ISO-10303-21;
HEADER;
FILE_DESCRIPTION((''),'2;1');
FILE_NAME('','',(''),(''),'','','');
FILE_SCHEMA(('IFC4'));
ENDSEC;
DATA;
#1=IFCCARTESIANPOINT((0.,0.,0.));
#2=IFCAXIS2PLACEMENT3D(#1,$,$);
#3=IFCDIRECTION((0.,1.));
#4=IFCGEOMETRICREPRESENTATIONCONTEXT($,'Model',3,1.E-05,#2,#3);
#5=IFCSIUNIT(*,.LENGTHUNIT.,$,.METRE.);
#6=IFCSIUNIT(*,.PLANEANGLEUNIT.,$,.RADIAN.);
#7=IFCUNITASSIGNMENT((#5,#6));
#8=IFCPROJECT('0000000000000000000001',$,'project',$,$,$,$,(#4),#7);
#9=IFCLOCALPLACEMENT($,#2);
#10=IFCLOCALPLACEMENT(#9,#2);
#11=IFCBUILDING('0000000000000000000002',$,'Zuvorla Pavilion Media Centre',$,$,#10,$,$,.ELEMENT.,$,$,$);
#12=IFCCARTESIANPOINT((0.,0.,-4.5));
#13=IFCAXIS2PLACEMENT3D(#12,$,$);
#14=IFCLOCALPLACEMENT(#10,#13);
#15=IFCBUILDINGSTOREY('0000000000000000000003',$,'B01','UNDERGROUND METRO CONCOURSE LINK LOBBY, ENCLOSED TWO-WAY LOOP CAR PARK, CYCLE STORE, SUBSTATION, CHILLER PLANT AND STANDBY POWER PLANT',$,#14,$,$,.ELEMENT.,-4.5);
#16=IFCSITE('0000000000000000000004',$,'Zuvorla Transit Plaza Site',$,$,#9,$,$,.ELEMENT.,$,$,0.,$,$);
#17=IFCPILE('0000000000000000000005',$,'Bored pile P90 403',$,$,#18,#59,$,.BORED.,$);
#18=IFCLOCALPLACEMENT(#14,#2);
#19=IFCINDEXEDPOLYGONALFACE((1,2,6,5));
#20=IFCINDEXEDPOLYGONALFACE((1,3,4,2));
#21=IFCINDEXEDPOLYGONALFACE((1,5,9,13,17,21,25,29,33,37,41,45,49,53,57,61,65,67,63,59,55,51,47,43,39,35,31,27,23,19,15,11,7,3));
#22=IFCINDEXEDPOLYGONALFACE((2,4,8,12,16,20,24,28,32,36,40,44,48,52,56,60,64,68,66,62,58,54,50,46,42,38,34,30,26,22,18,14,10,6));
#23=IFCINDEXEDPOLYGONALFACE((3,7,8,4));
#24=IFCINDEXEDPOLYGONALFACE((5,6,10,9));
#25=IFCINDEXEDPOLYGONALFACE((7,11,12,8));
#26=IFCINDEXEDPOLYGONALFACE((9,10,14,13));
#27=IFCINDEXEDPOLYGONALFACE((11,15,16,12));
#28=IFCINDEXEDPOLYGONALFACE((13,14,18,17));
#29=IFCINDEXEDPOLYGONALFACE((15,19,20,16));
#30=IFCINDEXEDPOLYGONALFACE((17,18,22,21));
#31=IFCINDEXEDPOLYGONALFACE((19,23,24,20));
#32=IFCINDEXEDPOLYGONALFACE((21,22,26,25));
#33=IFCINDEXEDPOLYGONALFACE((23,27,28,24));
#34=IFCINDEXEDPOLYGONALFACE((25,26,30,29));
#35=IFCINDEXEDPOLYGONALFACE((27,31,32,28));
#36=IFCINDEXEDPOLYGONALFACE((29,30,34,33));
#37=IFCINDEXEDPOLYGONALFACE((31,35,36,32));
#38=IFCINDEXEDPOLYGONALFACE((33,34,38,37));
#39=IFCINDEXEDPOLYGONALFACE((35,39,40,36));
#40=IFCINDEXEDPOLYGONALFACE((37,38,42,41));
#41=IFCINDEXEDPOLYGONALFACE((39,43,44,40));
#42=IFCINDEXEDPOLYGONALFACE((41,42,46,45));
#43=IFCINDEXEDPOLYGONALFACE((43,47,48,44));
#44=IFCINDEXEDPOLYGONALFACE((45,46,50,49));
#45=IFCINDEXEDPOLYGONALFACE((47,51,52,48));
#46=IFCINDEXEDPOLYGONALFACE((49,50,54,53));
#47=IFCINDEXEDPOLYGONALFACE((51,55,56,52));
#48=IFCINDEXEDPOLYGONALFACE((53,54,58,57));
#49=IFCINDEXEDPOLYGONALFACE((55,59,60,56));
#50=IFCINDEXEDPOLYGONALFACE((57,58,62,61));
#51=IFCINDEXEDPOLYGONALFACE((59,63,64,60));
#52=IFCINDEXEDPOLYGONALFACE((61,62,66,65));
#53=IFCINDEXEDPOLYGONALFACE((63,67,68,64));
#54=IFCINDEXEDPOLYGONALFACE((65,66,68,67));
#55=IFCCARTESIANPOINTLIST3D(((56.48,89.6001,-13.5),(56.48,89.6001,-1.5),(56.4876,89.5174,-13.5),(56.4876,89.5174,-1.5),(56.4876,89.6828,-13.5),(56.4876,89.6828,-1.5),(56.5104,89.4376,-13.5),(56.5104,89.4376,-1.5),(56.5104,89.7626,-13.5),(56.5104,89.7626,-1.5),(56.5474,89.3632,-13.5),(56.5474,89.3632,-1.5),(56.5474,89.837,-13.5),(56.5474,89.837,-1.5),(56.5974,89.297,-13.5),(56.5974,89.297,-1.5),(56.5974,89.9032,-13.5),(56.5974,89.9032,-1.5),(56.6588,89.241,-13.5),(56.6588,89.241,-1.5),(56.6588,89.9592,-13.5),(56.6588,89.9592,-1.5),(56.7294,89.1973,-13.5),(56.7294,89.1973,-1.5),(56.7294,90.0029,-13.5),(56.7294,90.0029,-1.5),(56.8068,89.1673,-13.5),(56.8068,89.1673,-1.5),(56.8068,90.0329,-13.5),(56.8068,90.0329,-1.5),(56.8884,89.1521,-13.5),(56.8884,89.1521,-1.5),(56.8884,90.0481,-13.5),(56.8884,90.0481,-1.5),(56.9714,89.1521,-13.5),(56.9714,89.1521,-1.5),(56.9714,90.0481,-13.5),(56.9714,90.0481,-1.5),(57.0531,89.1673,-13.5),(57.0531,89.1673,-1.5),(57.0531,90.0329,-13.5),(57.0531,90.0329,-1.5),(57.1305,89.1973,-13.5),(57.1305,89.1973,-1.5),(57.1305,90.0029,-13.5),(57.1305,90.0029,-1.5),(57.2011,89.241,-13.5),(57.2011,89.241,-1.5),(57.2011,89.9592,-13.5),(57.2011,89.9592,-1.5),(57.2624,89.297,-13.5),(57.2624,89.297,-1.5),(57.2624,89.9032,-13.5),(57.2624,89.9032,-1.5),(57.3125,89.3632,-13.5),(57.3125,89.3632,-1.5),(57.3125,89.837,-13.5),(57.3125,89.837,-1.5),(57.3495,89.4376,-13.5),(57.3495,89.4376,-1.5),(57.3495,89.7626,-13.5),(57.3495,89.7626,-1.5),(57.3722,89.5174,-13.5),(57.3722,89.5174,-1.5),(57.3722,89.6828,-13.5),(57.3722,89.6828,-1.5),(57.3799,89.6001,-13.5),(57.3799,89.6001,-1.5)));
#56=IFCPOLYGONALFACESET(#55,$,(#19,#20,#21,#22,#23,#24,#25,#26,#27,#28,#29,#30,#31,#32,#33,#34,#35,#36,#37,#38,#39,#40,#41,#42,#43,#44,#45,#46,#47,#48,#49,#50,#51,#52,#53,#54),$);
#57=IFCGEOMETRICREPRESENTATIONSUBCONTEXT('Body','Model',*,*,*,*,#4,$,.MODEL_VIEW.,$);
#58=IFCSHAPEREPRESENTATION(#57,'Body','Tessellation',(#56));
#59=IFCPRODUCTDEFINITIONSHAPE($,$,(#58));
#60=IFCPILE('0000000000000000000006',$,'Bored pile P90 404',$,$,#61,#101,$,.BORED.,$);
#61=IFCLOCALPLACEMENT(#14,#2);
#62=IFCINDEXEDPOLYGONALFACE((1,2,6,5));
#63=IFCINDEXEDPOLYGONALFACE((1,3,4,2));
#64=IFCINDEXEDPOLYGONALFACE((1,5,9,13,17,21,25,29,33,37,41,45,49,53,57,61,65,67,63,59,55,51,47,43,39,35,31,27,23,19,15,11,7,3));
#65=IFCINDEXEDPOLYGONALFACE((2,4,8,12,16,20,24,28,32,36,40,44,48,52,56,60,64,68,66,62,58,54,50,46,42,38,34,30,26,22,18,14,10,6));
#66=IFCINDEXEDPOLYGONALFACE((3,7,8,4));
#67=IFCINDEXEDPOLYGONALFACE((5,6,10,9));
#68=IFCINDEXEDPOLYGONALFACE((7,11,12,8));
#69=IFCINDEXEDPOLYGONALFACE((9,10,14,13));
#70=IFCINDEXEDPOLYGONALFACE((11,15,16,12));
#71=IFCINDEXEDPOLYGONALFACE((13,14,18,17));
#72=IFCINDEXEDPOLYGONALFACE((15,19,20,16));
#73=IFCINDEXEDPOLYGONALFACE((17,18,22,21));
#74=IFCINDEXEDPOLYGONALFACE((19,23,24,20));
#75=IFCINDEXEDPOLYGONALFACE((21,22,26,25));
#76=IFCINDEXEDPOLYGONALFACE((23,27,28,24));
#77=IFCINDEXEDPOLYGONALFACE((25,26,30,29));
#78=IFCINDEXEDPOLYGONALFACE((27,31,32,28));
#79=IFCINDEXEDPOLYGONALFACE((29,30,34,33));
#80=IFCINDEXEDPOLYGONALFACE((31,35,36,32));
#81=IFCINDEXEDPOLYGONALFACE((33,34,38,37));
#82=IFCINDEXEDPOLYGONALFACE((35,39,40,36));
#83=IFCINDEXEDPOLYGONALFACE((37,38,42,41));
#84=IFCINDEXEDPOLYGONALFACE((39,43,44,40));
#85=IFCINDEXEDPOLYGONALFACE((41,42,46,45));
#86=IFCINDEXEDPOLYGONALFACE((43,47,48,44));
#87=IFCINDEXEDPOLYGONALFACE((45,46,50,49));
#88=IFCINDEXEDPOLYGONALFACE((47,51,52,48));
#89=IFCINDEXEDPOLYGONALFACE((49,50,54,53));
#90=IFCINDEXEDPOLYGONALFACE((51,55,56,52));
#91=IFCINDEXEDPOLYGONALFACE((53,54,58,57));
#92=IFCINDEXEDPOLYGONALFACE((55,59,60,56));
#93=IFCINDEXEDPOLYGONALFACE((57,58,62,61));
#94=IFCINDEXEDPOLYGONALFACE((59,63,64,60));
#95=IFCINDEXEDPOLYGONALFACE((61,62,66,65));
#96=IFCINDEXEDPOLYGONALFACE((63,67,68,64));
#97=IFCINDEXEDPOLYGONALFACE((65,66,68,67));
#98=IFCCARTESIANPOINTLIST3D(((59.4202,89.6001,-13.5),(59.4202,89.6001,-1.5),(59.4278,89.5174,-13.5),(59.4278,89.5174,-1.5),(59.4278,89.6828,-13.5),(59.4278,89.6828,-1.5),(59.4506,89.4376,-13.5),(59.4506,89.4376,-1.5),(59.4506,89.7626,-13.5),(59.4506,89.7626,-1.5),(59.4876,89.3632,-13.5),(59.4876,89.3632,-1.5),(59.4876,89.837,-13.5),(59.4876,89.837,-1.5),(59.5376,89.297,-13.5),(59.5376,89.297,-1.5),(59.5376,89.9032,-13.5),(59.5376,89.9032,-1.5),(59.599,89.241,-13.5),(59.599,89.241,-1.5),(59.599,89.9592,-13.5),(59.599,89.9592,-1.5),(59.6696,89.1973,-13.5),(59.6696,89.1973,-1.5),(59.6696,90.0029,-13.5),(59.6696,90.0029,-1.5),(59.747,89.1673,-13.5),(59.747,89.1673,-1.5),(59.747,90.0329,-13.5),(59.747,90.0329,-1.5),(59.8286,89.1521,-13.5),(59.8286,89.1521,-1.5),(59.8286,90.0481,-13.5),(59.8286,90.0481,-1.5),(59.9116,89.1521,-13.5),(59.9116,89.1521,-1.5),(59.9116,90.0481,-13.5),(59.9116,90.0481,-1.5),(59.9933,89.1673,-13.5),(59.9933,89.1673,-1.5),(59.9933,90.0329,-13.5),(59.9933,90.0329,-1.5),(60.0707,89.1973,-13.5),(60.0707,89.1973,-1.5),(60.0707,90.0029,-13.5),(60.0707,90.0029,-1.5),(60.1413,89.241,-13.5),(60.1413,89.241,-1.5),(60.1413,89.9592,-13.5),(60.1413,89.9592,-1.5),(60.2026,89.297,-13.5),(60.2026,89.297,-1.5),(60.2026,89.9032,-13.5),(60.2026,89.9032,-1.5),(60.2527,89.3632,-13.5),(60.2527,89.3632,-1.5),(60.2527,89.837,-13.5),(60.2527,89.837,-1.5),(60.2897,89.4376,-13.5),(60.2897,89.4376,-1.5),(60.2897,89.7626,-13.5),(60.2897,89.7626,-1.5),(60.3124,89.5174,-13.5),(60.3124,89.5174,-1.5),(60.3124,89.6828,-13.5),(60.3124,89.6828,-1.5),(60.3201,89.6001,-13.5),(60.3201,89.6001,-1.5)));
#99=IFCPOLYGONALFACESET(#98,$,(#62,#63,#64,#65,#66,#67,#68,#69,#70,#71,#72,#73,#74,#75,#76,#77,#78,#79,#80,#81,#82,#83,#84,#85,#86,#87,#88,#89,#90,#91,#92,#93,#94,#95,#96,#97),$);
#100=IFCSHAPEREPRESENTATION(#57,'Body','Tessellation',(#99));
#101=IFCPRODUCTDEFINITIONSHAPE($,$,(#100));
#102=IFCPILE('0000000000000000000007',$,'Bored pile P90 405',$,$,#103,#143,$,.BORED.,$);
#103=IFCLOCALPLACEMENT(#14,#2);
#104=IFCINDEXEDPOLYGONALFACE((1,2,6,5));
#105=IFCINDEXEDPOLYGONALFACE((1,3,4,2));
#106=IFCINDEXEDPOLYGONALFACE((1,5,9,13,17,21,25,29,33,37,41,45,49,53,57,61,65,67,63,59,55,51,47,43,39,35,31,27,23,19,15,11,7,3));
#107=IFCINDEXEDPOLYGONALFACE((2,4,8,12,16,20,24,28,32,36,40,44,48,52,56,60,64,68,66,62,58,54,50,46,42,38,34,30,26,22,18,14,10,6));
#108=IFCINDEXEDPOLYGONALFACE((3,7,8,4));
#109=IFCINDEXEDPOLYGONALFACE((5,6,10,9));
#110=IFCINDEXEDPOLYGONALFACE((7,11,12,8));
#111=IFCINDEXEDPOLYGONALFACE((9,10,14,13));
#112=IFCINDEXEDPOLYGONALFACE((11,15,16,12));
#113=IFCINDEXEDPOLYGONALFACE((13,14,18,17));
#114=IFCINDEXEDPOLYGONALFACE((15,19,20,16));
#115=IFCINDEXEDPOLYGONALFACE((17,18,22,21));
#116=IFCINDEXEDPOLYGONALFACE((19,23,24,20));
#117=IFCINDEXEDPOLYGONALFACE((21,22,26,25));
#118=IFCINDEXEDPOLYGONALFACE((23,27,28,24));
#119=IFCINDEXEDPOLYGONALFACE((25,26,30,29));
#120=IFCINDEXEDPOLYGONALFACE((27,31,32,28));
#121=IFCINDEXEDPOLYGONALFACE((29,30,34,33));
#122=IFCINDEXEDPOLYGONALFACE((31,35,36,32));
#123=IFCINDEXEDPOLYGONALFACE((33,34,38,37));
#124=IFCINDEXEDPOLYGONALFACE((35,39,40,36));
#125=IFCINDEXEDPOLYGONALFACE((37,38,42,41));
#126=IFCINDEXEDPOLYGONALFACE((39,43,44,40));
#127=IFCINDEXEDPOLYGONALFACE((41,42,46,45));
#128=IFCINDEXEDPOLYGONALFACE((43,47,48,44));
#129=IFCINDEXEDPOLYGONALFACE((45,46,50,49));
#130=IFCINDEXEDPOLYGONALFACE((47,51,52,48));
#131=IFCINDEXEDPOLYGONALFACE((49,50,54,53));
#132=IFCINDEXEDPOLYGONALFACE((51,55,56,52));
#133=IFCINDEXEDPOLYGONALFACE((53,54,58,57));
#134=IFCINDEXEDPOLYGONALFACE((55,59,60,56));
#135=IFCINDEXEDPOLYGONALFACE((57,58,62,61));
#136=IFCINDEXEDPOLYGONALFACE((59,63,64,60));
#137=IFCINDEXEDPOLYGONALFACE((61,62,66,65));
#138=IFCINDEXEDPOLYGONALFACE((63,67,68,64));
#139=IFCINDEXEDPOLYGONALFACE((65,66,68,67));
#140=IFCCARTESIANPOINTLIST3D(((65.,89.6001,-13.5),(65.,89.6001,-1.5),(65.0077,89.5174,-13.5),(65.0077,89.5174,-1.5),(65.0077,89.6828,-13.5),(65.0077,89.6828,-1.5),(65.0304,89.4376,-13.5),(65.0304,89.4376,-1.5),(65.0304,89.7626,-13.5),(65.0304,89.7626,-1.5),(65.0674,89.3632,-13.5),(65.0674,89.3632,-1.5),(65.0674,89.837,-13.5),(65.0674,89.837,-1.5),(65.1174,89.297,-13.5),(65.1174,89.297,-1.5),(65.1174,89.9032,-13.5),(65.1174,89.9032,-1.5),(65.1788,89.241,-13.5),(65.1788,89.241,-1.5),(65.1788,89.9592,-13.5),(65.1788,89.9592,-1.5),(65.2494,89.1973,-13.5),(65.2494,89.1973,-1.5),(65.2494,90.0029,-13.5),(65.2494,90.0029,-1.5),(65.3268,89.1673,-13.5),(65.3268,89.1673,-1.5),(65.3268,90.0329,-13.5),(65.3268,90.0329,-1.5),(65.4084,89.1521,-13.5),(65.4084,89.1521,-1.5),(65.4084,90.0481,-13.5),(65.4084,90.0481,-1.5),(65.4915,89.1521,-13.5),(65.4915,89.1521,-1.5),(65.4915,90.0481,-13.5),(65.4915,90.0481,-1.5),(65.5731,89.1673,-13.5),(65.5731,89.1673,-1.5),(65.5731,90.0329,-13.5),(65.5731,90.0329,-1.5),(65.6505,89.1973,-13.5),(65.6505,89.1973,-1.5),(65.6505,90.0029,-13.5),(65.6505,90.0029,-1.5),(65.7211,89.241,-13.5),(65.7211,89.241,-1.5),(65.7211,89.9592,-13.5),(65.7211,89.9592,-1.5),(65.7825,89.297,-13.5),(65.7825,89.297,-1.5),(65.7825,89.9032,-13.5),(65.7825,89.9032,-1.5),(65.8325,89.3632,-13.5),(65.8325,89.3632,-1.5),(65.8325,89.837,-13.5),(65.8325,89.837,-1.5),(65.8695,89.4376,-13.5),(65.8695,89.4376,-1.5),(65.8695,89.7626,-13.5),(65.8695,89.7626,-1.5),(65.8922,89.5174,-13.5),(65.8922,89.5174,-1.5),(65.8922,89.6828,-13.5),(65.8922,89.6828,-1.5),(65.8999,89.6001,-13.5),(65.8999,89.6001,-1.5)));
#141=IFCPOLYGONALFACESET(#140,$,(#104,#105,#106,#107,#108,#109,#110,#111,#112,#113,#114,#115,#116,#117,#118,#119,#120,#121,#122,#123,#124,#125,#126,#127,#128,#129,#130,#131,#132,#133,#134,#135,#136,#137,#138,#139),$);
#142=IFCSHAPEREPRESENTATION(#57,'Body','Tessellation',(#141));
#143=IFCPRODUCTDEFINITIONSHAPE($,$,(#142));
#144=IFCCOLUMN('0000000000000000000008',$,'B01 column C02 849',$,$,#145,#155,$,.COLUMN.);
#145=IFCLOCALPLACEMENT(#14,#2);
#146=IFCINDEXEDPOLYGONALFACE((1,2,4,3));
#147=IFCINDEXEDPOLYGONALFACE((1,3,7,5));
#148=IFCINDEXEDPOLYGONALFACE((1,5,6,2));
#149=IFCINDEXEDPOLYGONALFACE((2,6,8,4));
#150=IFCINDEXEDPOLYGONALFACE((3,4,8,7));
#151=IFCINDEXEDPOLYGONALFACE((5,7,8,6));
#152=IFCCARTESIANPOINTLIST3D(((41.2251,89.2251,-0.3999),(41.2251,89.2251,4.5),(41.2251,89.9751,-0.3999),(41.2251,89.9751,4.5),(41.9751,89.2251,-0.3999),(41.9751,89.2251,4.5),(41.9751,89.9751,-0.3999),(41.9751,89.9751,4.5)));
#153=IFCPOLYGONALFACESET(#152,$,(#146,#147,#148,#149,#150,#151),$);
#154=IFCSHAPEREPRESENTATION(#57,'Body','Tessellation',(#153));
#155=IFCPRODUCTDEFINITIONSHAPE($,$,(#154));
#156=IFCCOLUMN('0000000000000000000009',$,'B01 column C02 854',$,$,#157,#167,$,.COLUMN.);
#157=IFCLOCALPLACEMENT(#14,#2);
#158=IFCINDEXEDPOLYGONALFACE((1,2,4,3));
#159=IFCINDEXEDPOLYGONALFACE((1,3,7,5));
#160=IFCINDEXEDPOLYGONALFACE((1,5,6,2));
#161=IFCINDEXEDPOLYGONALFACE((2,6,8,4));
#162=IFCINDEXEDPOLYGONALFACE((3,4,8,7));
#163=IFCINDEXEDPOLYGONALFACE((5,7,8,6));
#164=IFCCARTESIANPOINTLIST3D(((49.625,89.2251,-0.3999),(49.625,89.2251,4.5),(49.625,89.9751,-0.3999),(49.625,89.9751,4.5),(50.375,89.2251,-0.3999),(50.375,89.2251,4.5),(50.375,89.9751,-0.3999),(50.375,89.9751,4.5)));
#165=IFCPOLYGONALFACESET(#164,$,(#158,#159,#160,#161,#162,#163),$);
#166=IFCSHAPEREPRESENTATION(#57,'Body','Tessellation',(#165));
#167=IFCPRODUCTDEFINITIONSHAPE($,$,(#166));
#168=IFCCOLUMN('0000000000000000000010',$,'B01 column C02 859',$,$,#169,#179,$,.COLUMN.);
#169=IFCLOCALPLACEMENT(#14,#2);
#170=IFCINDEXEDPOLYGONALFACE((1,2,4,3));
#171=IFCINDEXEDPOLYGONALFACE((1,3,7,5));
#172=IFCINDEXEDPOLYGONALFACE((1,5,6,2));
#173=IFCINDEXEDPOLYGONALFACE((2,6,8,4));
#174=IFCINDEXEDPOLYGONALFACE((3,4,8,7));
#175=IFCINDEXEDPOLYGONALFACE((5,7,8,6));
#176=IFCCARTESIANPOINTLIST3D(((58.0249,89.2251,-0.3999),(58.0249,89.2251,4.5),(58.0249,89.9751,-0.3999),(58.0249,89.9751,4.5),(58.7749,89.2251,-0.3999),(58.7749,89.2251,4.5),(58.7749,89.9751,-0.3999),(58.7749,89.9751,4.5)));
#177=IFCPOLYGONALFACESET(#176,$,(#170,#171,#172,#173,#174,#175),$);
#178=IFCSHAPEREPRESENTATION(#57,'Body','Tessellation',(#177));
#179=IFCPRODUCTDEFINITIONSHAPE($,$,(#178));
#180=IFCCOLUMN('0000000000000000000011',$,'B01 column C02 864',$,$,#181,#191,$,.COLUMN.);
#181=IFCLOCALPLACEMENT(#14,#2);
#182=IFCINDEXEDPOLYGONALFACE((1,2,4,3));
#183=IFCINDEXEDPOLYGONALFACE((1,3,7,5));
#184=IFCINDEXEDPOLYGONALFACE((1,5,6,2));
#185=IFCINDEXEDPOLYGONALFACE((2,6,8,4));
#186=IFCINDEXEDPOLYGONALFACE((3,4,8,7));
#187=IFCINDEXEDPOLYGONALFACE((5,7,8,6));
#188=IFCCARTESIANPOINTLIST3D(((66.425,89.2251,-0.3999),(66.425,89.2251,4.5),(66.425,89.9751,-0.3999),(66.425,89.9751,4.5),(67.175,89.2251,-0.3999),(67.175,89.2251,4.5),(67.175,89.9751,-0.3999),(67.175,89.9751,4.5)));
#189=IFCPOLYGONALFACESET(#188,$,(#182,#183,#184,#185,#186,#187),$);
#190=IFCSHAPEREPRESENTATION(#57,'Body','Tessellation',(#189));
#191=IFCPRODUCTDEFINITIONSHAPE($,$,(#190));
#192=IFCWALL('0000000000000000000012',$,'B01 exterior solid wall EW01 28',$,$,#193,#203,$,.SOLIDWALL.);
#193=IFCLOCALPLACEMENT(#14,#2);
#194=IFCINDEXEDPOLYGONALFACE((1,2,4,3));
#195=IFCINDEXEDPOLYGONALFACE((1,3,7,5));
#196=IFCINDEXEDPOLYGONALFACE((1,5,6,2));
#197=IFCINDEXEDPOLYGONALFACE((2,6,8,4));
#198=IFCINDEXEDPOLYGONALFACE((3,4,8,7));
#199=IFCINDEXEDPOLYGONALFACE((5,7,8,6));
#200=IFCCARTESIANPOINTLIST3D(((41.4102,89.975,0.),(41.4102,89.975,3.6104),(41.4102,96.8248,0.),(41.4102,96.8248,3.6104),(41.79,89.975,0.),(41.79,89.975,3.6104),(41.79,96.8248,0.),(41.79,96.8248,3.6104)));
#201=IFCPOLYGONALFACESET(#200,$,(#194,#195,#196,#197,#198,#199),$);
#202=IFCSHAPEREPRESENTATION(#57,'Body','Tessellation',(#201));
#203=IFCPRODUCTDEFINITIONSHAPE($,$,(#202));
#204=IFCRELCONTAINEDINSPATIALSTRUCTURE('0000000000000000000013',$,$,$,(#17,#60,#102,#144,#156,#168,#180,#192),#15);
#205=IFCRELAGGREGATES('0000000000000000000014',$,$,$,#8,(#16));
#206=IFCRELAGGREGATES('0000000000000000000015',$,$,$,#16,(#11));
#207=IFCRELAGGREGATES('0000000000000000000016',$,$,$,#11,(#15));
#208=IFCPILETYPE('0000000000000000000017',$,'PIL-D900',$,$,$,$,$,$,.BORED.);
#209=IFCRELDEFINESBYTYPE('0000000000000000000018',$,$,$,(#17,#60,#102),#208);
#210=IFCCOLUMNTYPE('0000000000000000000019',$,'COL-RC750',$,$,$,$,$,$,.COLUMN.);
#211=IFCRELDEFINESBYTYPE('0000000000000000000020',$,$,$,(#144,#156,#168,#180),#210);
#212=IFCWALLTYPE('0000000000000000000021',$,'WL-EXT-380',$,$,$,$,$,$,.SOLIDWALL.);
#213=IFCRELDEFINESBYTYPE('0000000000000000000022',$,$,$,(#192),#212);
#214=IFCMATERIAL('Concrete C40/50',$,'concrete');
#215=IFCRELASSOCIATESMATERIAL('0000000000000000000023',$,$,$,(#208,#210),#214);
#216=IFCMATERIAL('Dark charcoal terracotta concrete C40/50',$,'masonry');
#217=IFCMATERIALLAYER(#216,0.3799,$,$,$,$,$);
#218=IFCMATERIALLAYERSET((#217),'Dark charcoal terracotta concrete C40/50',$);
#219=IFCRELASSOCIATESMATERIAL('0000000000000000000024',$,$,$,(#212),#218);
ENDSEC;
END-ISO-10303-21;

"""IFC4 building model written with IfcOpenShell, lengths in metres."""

from ifc_helpers import new_model, si_unit, direction, frame, frame_2d, origin, origin_2d, place, context, subcontext, project, spatial, rectangle, circle, extrude, material, layer, layer_set, material_profile, profile_set, type_object, element, save


model = new_model("IFC4")

# Units and contexts
model_context = context("Model", 3, precision=1e-05, world=origin(), true_north=direction((0.0, 1.0)))
body_context = subcontext(model_context, "Body", "Model", "MODEL_VIEW")
ifc_project = project(units=[si_unit("LENGTHUNIT", "METRE"), si_unit("PLANEANGLEUNIT", "RADIAN")], contexts=[model_context])

# Site, building, storey
site_placement = place(None, origin())
site = spatial("IfcSite", under=ifc_project, at=site_placement, Name="Zuvorla Transit Plaza Site", CompositionType="ELEMENT", RefElevation=0.0)
building_placement = place(site_placement, origin())
building = spatial("IfcBuilding", under=site, at=building_placement, Name="Zuvorla Pavilion Media Centre", CompositionType="ELEMENT")
storey_placement = place(building_placement, frame((0.0, 0.0, -4.5)))
storey = spatial("IfcBuildingStorey", under=building, at=storey_placement, Name="B01", Description="UNDERGROUND METRO CONCOURSE LINK LOBBY, ENCLOSED TWO-WAY LOOP CAR PARK, CYCLE STORE, SUBSTATION, CHILLER PLANT AND STANDBY POWER PLANT", CompositionType="ELEMENT", Elevation=-4.5)

# Shared definitions
ifc_material_1 = material(Name="Concrete C40/50", Category="concrete")

# Piles
ifc_material_profile_1 = material_profile(ifc_material_1, circle(Radius=0.45, at=origin_2d()), Name="BORED PILE 900")
ifc_profile_set_1 = profile_set([ifc_material_profile_1], Name="Concrete C40/50")
pile_type_1 = type_object("IfcPileType", Name="PIL-D900", PredefinedType="BORED", material=ifc_profile_set_1)
for number, where, z_axis, x_axis, name in (
    (1, (56.9299, 89.6001, -1.5), (0.0, 0.0, -1.0), (1.0, 0.0, 0.0), "Bored pile P90 403"),
    (2, (59.8701, 89.6001, -1.5), (0.0, 0.0, -1.0), (1.0, 0.0, 0.0), "Bored pile P90 404"),
    (3, (65.45, 89.6001, -1.5), (0.0, 0.0, -1.0), (1.0, 0.0, 0.0), "Bored pile P90 405"),
):
    element("IfcPile", number, at=place(storey_placement, frame(where, z_axis=z_axis, x_axis=x_axis)), inside=storey, type_object=pile_type_1, Name=name, PredefinedType="BORED", context=body_context, shape_type="SweptSolid", body=[
        extrude(circle(Radius=0.45, at=origin_2d()), origin(), (0.0, 0.0, 1.0), 12.0),
    ])

# Columns
ifc_material_profile_2 = material_profile(ifc_material_1, rectangle(XDim=0.75, YDim=0.75, at=origin_2d()), Name="RC 750x750")
ifc_profile_set_2 = profile_set([ifc_material_profile_2], Name="Concrete C40/50")
column_type = type_object("IfcColumnType", Name="COL-RC750", PredefinedType="COLUMN", material=ifc_profile_set_2)
for number, where, z_axis, x_axis, name in (
    (4, (41.6001, 89.6001, -0.3999), (0.0, 0.0, 1.0), (1.0, 0.0, 0.0), "B01 column C02 849"),
    (5, (50.0, 89.6001, -0.3999), (0.0, 0.0, 1.0), (1.0, 0.0, 0.0), "B01 column C02 854"),
    (6, (58.3999, 89.6001, -0.3999), (0.0, 0.0, 1.0), (1.0, 0.0, 0.0), "B01 column C02 859"),
    (7, (66.8, 89.6001, -0.3999), (0.0, 0.0, 1.0), (1.0, 0.0, 0.0), "B01 column C02 864"),
):
    element("IfcColumn", number, at=place(storey_placement, frame(where, z_axis=z_axis, x_axis=x_axis)), inside=storey, type_object=column_type, Name=name, PredefinedType="COLUMN", context=body_context, shape_type="SweptSolid", body=[
        extrude(rectangle(XDim=0.75, YDim=0.75, at=origin_2d()), origin(), (0.0, 0.0, 1.0), 4.8999),
    ])

# Wall
ifc_material_2 = material(Name="Dark charcoal terracotta concrete C40/50", Category="masonry")
ifc_layer = layer(ifc_material_2, 0.3799)
ifc_layer_set = layer_set([ifc_layer], Name="Dark charcoal terracotta concrete C40/50")
wall_type = type_object("IfcWallType", Name="WL-EXT-380", PredefinedType="SOLIDWALL", material=ifc_layer_set)
wall_placement = place(storey_placement, frame((41.6001, 89.9751, 0.0), z_axis=(0.0, 0.0, 1.0), x_axis=(0.0, 1.0, 0.0)))
element("IfcWall", 8, at=wall_placement, inside=storey, type_object=wall_type, Name="B01 exterior solid wall EW01 28", PredefinedType="SOLIDWALL", context=body_context, shape_type="SweptSolid", body=[
    extrude(rectangle(XDim=6.8499, YDim=0.3799, at=frame_2d((3.4248, 0.0))), origin(), (0.0, 0.0, 1.0), 3.6104),
])

save(model, "model.ifc")
